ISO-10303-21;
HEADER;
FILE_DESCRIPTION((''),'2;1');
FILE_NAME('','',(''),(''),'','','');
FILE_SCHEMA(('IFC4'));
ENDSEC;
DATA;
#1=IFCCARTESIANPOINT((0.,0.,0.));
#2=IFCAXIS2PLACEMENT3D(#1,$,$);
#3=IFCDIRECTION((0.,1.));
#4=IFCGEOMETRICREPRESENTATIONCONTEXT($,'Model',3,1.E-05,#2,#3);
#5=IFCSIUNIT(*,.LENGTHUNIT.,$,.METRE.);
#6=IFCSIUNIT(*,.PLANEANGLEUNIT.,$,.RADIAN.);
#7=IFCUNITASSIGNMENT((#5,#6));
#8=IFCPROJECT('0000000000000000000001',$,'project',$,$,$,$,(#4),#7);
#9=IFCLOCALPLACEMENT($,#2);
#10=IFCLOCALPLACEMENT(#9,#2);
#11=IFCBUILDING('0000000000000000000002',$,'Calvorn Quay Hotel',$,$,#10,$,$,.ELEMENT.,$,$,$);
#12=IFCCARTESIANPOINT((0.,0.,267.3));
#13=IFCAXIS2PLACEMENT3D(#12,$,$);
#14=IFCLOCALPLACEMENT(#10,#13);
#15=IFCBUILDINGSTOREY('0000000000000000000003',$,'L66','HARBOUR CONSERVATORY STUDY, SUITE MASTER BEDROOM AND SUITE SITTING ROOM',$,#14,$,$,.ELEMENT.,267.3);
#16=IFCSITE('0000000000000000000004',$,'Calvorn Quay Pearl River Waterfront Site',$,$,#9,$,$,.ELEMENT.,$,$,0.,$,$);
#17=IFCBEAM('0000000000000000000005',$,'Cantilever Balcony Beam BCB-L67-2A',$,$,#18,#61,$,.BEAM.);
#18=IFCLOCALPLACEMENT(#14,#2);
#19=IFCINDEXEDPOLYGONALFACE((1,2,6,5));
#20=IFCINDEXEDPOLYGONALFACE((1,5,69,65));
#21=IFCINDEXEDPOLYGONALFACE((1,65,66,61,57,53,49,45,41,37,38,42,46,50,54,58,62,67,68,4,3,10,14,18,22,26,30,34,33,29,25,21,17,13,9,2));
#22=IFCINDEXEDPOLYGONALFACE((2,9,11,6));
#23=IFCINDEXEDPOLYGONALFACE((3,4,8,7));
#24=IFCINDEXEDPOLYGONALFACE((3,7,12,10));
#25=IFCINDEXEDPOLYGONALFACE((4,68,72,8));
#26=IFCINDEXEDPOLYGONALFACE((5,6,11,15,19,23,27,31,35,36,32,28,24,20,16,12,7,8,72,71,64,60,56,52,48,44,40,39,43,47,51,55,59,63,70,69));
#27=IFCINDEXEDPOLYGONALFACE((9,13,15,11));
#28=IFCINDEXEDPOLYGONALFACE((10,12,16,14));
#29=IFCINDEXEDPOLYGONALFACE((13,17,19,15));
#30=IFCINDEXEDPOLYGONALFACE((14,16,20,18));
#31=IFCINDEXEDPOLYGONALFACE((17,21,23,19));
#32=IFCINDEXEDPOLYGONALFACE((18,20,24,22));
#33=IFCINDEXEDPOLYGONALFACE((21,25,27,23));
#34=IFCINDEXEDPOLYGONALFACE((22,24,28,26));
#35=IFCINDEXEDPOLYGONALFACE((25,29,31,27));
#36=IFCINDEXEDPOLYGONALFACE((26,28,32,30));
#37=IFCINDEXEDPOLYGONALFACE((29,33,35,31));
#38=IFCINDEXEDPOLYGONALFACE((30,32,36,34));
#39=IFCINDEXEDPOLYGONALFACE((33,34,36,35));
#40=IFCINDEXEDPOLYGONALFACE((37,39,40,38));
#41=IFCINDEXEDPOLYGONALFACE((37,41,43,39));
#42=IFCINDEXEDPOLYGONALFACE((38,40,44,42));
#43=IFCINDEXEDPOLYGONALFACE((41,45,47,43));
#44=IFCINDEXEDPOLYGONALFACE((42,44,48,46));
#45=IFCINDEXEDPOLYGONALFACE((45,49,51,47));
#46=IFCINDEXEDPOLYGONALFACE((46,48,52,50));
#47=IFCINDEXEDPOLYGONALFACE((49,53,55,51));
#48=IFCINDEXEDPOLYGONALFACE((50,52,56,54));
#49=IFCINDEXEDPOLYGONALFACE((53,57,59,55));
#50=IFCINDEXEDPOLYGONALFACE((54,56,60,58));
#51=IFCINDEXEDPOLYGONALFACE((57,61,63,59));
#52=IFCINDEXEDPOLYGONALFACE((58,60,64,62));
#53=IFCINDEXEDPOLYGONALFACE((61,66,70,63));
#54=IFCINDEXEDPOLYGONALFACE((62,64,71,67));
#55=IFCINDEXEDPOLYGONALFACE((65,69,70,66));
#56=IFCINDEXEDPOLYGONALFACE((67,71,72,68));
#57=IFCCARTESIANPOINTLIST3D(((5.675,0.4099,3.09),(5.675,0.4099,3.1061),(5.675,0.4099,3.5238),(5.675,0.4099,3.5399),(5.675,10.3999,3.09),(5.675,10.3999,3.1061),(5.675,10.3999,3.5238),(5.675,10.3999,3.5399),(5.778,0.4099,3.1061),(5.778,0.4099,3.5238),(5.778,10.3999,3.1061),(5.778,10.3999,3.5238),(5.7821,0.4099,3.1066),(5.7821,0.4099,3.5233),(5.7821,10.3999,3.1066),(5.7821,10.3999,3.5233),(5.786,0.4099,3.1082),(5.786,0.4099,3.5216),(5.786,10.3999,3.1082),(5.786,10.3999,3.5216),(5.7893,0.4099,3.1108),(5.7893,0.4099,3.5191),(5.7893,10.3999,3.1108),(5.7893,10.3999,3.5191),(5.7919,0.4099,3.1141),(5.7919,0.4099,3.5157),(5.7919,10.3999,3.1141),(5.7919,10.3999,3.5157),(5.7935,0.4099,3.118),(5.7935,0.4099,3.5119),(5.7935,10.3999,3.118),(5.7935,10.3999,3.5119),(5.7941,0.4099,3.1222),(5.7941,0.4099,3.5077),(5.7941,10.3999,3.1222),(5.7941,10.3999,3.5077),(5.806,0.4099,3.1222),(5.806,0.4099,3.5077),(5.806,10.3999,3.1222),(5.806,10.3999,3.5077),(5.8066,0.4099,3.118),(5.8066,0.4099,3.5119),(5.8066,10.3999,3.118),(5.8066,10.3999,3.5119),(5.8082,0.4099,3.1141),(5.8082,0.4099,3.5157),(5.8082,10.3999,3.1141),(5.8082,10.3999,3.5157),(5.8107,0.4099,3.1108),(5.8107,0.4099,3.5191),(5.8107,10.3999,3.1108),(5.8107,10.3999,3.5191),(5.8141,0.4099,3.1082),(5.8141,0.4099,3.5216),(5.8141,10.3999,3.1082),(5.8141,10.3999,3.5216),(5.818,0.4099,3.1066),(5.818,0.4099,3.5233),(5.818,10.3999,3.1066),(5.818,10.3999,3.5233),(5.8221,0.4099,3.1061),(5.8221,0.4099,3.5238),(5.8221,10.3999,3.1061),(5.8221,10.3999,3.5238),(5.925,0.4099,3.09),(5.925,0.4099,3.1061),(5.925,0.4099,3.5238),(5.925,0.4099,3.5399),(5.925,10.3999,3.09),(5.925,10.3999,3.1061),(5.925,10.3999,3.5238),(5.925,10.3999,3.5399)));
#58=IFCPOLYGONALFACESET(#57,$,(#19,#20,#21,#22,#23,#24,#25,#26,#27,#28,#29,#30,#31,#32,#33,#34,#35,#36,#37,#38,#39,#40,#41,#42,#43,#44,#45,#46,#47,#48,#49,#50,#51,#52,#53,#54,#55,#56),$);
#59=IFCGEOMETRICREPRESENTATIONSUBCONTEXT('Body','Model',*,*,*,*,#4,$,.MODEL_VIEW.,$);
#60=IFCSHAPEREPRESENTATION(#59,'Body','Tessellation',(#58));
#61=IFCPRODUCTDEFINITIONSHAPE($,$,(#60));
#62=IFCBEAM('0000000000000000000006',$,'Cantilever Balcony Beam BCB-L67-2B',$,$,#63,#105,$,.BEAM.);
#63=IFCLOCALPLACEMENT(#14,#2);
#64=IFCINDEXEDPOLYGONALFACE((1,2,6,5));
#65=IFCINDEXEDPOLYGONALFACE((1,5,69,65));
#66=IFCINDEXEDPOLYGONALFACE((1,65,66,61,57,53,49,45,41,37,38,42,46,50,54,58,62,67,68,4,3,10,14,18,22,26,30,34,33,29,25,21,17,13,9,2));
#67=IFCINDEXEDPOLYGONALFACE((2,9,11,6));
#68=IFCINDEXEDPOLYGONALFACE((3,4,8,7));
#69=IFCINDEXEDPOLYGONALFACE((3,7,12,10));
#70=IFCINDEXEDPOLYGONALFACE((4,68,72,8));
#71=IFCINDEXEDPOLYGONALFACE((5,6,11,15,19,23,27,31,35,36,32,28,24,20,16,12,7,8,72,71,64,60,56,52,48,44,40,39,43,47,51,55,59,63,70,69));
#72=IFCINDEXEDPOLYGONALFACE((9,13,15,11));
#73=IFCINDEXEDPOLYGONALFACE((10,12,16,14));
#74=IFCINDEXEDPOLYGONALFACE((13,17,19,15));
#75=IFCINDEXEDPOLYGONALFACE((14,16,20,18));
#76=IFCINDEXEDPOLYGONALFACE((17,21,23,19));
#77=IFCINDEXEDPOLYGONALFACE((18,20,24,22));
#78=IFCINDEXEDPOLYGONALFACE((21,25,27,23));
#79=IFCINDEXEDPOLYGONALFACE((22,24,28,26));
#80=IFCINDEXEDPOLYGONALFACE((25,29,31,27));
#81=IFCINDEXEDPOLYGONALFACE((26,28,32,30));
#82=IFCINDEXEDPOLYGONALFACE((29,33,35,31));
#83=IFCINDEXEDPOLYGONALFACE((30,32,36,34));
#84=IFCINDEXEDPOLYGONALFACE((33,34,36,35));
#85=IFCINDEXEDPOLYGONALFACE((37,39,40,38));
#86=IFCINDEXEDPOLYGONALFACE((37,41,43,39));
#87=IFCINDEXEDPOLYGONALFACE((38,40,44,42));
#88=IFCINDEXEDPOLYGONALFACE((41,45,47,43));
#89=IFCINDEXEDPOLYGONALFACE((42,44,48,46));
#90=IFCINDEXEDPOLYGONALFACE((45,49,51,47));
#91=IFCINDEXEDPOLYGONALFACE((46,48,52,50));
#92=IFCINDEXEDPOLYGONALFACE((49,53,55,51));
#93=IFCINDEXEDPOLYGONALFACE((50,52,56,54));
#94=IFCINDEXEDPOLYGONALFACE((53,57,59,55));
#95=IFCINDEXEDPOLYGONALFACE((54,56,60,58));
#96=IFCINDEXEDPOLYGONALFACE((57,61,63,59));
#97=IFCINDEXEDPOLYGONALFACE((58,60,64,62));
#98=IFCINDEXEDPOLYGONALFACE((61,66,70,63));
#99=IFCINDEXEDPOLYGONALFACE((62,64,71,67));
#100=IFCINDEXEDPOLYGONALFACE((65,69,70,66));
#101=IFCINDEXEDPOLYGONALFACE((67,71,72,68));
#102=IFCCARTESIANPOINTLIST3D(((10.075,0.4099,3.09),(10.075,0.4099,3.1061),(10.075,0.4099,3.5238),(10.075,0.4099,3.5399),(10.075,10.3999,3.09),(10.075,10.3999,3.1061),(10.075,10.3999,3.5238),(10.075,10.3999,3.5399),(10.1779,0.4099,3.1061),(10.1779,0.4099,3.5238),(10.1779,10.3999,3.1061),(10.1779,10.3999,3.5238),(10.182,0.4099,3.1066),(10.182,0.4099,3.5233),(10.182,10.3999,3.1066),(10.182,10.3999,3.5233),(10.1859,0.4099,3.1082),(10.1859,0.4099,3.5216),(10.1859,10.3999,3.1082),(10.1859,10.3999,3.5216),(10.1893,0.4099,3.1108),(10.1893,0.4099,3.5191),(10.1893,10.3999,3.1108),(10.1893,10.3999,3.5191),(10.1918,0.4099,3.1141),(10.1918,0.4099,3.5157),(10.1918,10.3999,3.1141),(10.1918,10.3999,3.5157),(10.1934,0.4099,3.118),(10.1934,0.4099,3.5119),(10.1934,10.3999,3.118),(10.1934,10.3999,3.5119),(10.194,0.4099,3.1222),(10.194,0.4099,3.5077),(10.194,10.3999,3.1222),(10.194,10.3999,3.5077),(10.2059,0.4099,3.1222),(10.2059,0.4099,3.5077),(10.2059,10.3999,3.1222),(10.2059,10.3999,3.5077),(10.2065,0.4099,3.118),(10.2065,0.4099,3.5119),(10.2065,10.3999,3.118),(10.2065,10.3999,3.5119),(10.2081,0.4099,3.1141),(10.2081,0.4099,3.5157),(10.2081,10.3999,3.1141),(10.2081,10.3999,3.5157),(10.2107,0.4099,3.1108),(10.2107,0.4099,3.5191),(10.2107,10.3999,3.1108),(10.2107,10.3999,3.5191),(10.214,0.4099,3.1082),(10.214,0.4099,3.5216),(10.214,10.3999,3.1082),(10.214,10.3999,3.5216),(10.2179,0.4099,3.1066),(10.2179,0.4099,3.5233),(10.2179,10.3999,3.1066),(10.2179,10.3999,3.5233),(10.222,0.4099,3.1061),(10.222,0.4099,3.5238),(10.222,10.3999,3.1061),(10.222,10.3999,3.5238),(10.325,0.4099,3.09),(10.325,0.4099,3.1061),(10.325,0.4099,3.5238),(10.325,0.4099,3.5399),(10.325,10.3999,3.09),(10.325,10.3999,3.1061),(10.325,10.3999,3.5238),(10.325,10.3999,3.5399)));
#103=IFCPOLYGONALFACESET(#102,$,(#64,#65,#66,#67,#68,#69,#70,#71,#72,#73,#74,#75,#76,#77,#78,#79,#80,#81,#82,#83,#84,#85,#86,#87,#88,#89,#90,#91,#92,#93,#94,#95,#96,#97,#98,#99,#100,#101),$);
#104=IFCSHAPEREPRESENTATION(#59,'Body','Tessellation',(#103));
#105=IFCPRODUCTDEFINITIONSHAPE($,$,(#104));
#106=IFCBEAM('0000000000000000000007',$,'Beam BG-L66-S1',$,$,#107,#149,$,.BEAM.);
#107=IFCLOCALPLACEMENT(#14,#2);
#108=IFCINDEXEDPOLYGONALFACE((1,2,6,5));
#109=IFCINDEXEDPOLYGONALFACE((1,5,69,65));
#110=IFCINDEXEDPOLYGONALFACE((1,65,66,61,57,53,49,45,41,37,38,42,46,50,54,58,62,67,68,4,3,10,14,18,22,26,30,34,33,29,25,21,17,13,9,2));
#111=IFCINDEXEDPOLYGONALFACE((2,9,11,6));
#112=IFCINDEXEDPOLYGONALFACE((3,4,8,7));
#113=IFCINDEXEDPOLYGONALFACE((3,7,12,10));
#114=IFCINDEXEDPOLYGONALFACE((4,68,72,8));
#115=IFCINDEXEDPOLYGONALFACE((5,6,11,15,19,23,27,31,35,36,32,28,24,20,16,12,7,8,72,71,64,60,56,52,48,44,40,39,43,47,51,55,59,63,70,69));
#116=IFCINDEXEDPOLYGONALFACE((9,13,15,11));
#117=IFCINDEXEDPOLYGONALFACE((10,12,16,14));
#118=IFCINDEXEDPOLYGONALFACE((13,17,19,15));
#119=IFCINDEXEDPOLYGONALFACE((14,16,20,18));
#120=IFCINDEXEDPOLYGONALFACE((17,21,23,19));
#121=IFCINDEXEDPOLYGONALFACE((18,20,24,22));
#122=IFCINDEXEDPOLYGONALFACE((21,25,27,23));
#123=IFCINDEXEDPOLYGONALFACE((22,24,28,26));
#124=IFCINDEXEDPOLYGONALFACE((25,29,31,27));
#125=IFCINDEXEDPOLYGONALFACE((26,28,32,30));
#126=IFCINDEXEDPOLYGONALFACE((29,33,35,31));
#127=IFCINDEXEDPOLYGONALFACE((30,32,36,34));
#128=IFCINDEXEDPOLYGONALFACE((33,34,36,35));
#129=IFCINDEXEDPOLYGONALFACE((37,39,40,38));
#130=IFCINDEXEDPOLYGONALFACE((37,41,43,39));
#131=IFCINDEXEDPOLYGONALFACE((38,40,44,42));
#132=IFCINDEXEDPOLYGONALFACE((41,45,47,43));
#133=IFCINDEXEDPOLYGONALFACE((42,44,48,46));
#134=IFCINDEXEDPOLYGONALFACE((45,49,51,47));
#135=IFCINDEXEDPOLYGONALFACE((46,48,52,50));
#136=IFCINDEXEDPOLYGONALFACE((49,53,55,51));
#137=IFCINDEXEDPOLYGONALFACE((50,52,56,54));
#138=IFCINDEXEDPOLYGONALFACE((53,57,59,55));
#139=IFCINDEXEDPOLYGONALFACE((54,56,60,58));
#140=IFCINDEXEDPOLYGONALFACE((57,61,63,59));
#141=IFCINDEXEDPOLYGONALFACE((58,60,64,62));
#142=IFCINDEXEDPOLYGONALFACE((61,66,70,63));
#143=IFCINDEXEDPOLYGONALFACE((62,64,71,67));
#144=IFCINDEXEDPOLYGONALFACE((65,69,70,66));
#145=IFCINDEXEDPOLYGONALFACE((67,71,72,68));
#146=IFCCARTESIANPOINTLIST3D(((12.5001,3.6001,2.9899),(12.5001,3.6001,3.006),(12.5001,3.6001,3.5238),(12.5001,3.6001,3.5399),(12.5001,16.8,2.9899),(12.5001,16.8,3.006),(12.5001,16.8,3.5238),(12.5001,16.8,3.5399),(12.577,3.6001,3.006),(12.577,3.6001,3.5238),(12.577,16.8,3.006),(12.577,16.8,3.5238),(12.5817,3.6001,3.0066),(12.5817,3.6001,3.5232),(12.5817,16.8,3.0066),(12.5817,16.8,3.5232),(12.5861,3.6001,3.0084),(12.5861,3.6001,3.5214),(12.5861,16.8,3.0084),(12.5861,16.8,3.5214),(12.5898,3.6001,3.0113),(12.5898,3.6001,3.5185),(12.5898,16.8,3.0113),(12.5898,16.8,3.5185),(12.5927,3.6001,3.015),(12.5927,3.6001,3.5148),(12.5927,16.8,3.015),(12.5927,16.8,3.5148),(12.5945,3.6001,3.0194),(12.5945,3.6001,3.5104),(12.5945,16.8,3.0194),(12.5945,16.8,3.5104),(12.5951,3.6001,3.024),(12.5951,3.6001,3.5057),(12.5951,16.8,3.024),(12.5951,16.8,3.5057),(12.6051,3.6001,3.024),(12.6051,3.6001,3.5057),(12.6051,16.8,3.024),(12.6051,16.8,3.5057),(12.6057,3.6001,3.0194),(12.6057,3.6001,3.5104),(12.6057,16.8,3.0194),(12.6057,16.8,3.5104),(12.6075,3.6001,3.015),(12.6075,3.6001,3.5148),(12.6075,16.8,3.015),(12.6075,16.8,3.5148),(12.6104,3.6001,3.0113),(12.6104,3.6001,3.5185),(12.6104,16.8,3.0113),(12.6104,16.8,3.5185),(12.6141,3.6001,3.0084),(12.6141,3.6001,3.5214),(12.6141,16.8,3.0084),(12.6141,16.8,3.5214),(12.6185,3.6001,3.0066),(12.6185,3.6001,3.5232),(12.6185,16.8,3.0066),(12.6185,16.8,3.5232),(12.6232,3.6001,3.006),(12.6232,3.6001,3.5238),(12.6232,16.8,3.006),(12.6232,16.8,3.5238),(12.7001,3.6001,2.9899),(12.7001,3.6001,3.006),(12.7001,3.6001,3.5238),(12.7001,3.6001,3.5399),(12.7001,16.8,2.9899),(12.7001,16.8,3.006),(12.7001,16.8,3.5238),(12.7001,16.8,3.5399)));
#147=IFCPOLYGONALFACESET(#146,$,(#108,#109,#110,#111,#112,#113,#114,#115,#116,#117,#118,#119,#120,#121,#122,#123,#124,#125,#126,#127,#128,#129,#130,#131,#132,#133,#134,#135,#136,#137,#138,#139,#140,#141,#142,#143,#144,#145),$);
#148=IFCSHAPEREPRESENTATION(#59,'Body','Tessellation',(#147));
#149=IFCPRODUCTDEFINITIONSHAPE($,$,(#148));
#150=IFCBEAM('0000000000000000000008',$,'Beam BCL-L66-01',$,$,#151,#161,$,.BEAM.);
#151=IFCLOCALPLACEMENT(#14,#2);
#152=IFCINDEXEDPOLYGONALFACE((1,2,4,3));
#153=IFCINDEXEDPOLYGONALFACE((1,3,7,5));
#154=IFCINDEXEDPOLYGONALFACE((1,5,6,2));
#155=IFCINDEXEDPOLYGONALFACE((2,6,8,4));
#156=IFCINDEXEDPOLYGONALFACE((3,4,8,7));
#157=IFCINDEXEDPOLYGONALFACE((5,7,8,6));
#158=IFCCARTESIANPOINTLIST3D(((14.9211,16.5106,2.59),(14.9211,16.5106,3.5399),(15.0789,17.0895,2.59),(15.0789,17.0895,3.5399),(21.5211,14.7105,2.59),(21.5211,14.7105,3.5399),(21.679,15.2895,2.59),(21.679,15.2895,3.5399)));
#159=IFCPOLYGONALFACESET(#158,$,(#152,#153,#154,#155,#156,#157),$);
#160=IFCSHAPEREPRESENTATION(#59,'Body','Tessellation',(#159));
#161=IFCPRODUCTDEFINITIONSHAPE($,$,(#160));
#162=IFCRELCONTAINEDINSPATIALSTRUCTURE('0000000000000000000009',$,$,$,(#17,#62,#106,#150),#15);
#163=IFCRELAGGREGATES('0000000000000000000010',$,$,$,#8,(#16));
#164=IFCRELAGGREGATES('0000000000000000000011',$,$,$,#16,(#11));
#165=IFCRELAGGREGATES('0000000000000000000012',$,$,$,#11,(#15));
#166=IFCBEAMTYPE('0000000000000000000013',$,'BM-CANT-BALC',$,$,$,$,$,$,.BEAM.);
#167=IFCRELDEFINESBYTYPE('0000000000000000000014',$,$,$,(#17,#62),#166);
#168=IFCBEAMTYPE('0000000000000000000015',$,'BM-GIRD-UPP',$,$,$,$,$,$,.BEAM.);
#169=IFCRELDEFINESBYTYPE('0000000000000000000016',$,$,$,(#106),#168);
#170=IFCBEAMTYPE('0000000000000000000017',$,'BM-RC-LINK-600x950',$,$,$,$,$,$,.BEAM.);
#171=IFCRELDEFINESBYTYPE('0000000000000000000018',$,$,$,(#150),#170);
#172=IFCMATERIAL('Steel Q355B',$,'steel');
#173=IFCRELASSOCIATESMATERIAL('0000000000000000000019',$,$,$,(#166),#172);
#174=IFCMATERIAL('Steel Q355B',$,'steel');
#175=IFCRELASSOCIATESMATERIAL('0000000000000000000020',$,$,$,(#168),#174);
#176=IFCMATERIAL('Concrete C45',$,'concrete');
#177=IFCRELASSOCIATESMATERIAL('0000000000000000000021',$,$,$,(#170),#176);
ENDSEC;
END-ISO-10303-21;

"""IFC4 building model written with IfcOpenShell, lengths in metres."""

from ifc_helpers import new_model, si_unit, direction, frame, origin, origin_2d, place, context, subcontext, project, spatial, rectangle, i_section, extrude, material, material_profile, profile_set, type_object, element, save


model = new_model("IFC4")

# Units and contexts
model_context = context("Model", 3, precision=1e-05, world=origin(), true_north=direction((0.0, 1.0)))
body_context = subcontext(model_context, "Body", "Model", "MODEL_VIEW")
ifc_project = project(units=[si_unit("LENGTHUNIT", "METRE"), si_unit("PLANEANGLEUNIT", "RADIAN")], contexts=[model_context])

# Site, building, storey
site_placement = place(None, origin())
site = spatial("IfcSite", under=ifc_project, at=site_placement, Name="Calvorn Quay Pearl River Waterfront Site", CompositionType="ELEMENT", RefElevation=0.0)
building_placement = place(site_placement, origin())
building = spatial("IfcBuilding", under=site, at=building_placement, Name="Calvorn Quay Hotel", CompositionType="ELEMENT")
storey_placement = place(building_placement, frame((0.0, 0.0, 267.3)))
storey = spatial("IfcBuildingStorey", under=building, at=storey_placement, Name="L66", Description="HARBOUR CONSERVATORY STUDY, SUITE MASTER BEDROOM AND SUITE SITTING ROOM", CompositionType="ELEMENT", Elevation=267.3)

# Beams
ifc_material_1 = material(Name="Steel Q355B", Category="steel")
ifc_material_profile_1 = material_profile(ifc_material_1, i_section(OverallWidth=0.25, OverallDepth=0.45, WebThickness=0.012, FlangeThickness=0.0161, FilletRadius=0.0161, at=origin_2d()), Name="HN450x250x12x16")
ifc_profile_set_1 = profile_set([ifc_material_profile_1], Name="Steel Q355B")
beam_type_1 = type_object("IfcBeamType", Name="BM-CANT-BALC", PredefinedType="BEAM", material=ifc_profile_set_1)
for number, where, z_axis, x_axis, name in (
    (1, (5.8, 10.3999, 3.3149), (0.0, -1.0, 0.0), (1.0, 0.0, 0.0), "Cantilever Balcony Beam BCB-L67-2A"),
    (2, (10.2, 10.3999, 3.3149), (0.0, -1.0, 0.0), (1.0, 0.0, 0.0), "Cantilever Balcony Beam BCB-L67-2B"),
):
    element("IfcBeam", number, at=place(storey_placement, frame(where, z_axis=z_axis, x_axis=x_axis)), inside=storey, type_object=beam_type_1, Name=name, PredefinedType="BEAM", context=body_context, shape_type="SweptSolid", body=[
        extrude(i_section(OverallWidth=0.25, OverallDepth=0.45, WebThickness=0.012, FlangeThickness=0.0161, FilletRadius=0.0161, at=origin_2d()), origin(), (0.0, 0.0, 1.0), 9.99),
    ])
ifc_material_2 = material(Name="Steel Q355B", Category="steel")
ifc_material_profile_2 = material_profile(ifc_material_2, i_section(OverallWidth=0.2, OverallDepth=0.55, WebThickness=0.01, FlangeThickness=0.0161, FilletRadius=0.0181, at=origin_2d()), Name="HN550x200x10x16")
ifc_profile_set_2 = profile_set([ifc_material_profile_2], Name="Steel Q355B")
beam_type_2 = type_object("IfcBeamType", Name="BM-GIRD-UPP", PredefinedType="BEAM", material=ifc_profile_set_2)
beam_1_placement = place(storey_placement, frame((12.6001, 3.6001, 3.2649), z_axis=(0.0, 1.0, 0.0), x_axis=(-1.0, 0.0, 0.0)))
element("IfcBeam", 3, at=beam_1_placement, inside=storey, type_object=beam_type_2, Name="Beam BG-L66-S1", PredefinedType="BEAM", context=body_context, shape_type="SweptSolid", body=[
    extrude(i_section(OverallWidth=0.2, OverallDepth=0.55, WebThickness=0.01, FlangeThickness=0.0161, FilletRadius=0.0181, at=origin_2d()), origin(), (0.0, 0.0, 1.0), 13.2),
])
ifc_material_3 = material(Name="Concrete C45", Category="concrete")
ifc_material_profile_3 = material_profile(ifc_material_3, rectangle(XDim=0.6001, YDim=0.95, at=origin_2d()), Name="RCB600x950")
ifc_profile_set_3 = profile_set([ifc_material_profile_3], Name="Concrete C45")
beam_type_3 = type_object("IfcBeamType", Name="BM-RC-LINK-600x950", PredefinedType="BEAM", material=ifc_profile_set_3)
beam_2_placement = place(storey_placement, frame((15.0, 16.8, 3.0649), z_axis=(0.964763, -0.26312, 0.0), x_axis=(0.26312, 0.964763, 0.0)))
element("IfcBeam", 4, at=beam_2_placement, inside=storey, type_object=beam_type_3, Name="Beam BCL-L66-01", PredefinedType="BEAM", context=body_context, shape_type="SweptSolid", body=[
    extrude(rectangle(XDim=0.6001, YDim=0.95, at=origin_2d()), origin(), (0.0, 0.0, 1.0), 6.8411),
])

save(model, "model.ifc")
